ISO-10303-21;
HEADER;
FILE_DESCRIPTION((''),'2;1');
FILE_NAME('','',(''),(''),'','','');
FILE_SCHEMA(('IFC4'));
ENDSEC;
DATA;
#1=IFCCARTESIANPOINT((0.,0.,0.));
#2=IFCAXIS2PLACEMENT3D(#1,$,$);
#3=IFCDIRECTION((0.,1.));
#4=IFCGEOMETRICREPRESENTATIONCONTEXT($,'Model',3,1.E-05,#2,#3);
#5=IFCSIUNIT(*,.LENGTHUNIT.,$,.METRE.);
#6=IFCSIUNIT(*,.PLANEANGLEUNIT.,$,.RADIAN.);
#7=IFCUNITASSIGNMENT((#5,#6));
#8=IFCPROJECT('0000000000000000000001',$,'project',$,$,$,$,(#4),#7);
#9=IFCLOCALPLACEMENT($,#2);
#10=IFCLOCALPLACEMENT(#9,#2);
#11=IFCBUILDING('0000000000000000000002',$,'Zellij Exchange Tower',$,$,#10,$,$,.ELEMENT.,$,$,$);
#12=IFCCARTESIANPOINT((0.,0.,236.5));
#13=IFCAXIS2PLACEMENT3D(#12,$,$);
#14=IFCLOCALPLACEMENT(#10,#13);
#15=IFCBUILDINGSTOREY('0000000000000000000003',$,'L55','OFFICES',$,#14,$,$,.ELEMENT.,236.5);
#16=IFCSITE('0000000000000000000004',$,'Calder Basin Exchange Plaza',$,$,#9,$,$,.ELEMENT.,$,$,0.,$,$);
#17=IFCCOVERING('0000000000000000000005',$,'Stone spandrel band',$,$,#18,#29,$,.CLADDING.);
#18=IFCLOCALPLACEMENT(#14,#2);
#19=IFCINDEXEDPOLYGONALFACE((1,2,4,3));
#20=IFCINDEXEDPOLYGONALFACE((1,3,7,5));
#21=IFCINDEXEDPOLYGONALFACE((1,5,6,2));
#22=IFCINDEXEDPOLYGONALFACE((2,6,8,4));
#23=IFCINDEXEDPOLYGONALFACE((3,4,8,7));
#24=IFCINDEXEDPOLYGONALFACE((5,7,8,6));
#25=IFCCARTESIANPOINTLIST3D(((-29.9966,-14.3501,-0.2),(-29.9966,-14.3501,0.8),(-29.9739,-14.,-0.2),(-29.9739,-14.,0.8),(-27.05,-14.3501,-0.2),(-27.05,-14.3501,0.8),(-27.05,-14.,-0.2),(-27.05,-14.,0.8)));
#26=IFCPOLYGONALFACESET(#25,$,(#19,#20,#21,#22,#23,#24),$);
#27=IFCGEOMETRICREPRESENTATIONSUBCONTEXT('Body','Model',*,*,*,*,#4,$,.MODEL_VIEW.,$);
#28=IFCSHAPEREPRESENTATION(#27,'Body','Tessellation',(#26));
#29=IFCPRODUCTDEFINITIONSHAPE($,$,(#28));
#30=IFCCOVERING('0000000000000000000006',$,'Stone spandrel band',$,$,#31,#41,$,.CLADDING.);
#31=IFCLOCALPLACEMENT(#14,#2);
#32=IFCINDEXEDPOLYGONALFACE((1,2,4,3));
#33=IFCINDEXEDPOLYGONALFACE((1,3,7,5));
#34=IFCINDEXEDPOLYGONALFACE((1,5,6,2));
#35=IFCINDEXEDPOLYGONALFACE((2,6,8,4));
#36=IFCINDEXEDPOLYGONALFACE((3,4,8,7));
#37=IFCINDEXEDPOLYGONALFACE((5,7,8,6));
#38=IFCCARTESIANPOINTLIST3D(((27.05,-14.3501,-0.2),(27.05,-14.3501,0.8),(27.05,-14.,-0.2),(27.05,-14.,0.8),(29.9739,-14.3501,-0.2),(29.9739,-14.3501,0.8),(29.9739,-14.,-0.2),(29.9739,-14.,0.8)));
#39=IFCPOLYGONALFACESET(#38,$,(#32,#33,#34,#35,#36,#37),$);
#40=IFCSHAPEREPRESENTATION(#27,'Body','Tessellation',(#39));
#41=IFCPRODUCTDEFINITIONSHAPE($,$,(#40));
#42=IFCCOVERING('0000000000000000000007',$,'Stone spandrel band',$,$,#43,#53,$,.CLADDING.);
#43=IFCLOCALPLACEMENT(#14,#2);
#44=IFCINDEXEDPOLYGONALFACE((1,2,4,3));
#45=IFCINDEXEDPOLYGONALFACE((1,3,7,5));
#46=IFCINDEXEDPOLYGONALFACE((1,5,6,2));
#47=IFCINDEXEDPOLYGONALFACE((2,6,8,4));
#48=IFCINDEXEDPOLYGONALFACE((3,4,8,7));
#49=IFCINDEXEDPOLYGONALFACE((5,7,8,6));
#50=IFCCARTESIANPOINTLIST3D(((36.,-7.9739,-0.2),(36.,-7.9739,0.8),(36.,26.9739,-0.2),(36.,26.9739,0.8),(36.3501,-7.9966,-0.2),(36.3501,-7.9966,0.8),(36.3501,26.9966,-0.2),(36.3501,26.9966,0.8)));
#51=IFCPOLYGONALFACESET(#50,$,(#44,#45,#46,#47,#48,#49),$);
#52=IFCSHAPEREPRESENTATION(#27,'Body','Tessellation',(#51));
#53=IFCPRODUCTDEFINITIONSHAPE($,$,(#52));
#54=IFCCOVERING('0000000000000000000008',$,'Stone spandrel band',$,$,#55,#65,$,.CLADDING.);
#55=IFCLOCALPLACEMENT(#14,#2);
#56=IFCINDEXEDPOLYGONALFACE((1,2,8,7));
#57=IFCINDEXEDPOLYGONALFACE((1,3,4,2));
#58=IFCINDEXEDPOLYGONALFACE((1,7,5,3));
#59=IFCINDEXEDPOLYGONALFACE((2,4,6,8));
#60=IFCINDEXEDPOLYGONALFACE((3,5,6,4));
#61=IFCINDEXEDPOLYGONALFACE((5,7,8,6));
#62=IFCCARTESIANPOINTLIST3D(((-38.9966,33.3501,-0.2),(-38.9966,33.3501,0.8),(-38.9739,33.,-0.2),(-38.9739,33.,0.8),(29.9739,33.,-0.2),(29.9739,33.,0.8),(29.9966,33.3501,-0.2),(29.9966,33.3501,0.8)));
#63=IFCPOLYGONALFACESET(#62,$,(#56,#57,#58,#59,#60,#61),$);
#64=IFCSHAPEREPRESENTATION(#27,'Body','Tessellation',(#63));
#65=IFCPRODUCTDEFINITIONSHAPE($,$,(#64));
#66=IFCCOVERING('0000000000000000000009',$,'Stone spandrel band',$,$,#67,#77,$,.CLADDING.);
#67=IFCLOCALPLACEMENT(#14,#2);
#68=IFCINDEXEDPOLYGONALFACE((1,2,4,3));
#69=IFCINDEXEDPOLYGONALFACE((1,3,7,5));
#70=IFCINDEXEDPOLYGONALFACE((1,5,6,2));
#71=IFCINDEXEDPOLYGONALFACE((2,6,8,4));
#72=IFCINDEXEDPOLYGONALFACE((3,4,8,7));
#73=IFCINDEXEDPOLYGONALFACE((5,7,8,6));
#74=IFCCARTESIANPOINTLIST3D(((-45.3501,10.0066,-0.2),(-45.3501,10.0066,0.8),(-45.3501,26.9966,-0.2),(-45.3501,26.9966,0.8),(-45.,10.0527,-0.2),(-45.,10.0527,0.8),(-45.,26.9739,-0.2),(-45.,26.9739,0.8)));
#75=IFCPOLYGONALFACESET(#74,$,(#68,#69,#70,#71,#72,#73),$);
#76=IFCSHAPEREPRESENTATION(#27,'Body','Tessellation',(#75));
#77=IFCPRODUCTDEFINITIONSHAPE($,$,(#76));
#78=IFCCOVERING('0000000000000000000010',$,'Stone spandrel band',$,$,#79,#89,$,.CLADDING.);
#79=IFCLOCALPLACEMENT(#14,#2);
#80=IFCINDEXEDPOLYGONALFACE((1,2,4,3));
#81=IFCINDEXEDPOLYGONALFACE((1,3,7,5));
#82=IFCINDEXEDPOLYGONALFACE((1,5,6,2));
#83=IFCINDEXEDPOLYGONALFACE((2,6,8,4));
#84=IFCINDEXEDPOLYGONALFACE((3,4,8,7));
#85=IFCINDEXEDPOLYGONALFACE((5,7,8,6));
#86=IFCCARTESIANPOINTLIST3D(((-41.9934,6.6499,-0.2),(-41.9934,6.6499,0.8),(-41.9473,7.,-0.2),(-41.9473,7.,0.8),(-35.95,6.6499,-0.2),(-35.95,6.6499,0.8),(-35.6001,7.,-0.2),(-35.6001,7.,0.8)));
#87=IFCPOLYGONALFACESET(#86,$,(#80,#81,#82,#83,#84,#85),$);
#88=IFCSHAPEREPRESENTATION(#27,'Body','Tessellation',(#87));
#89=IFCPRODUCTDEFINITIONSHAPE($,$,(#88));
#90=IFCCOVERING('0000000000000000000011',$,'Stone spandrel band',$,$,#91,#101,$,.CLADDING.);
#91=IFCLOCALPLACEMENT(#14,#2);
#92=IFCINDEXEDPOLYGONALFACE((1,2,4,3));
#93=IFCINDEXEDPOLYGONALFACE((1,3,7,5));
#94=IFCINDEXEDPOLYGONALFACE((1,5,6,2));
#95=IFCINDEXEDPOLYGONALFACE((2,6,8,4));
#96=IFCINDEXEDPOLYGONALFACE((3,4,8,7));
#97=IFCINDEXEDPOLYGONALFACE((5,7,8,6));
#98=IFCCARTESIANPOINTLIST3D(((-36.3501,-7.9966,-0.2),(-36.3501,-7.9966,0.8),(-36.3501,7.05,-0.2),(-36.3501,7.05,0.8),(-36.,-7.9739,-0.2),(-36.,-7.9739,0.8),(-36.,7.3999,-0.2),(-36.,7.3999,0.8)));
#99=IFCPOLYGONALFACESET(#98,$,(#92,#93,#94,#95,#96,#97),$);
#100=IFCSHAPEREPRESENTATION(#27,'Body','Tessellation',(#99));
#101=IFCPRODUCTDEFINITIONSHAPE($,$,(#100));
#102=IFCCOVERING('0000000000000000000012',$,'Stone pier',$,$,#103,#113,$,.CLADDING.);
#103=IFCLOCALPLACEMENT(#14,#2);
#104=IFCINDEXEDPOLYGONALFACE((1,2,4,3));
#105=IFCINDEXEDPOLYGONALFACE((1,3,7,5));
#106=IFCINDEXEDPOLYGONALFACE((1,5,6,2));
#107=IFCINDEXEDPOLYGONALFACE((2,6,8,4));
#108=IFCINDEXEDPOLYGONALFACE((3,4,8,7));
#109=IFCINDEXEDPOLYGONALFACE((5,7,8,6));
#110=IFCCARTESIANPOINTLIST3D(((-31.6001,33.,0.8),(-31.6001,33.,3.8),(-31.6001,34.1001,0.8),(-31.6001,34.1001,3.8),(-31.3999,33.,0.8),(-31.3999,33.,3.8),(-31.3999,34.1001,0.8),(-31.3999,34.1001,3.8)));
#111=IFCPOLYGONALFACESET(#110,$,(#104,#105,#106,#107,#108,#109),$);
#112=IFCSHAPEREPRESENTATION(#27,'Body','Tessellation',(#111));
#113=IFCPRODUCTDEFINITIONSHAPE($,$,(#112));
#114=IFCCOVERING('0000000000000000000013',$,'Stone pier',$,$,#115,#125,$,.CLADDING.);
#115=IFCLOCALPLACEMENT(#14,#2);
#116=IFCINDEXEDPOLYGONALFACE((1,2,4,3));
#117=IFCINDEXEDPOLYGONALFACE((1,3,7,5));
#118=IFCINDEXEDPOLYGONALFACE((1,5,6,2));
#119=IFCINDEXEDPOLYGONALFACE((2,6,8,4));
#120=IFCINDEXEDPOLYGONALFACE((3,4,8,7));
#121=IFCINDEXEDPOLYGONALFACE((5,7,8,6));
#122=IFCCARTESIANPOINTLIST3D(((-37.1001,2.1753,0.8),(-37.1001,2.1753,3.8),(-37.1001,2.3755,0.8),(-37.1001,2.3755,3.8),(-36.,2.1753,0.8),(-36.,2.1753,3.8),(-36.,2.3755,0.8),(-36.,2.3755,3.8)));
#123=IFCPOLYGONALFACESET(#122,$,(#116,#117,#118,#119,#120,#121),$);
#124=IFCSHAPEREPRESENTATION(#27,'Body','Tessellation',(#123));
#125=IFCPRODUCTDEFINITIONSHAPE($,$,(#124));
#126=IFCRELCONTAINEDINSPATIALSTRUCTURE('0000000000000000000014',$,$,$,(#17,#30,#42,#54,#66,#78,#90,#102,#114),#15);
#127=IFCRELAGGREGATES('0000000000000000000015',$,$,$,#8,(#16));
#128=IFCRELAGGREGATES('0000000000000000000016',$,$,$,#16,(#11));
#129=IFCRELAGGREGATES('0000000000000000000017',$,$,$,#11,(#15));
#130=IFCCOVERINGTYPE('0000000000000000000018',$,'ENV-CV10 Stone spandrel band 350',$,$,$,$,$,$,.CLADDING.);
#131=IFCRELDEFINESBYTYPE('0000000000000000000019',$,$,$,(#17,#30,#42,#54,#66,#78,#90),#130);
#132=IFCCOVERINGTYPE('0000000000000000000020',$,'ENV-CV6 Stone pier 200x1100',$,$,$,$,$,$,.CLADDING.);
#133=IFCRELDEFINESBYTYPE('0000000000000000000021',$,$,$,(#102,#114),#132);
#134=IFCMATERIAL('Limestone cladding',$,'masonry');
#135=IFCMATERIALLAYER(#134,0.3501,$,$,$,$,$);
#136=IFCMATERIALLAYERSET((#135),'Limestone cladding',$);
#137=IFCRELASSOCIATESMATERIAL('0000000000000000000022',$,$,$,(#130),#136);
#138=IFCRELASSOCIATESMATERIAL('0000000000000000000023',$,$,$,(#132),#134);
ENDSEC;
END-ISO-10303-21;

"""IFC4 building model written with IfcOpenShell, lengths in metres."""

from ifc_helpers import new_model, si_unit, direction, frame, origin, place, context, subcontext, project, spatial, polyline, outline, extrude, material, layer, layer_set, type_object, element, save


model = new_model("IFC4")

# Units and contexts
model_context = context("Model", 3, precision=1e-05, world=origin(), true_north=direction((0.0, 1.0)))
body_context = subcontext(model_context, "Body", "Model", "MODEL_VIEW")
ifc_project = project(units=[si_unit("LENGTHUNIT", "METRE"), si_unit("PLANEANGLEUNIT", "RADIAN")], contexts=[model_context])

# Site, building, storey
site_placement = place(None, origin())
site = spatial("IfcSite", under=ifc_project, at=site_placement, Name="Calder Basin Exchange Plaza", CompositionType="ELEMENT", RefElevation=0.0)
building_placement = place(site_placement, origin())
building = spatial("IfcBuilding", under=site, at=building_placement, Name="Zellij Exchange Tower", CompositionType="ELEMENT")
storey_placement = place(building_placement, frame((0.0, 0.0, 236.5)))
storey = spatial("IfcBuildingStorey", under=building, at=storey_placement, Name="L55", Description="OFFICES", CompositionType="ELEMENT", Elevation=236.5)

# Coverings
ifc_material_1 = material(Name="Limestone cladding", Category="masonry")
ifc_layer_1 = layer(ifc_material_1, 0.3501)
ifc_layer_set_1 = layer_set([ifc_layer_1], Name="Limestone cladding")
covering_type_1 = type_object("IfcCoveringType", Name="ENV-CV10 Stone spandrel band 350", PredefinedType="CLADDING", material=ifc_layer_set_1)
covering_1_placement = place(storey_placement, frame((0.0, 0.0, -0.2)))
element("IfcCovering", 1, at=covering_1_placement, inside=storey, type_object=covering_type_1, Name="Stone spandrel band", PredefinedType="CLADDING", context=body_context, shape_type="SweptSolid", body=[
    extrude(outline(polyline([(-29.9739, -14.0), (-27.05, -14.0), (-27.05, -14.3501), (-29.9966, -14.3501), (-29.9739, -14.0)])), origin(), (0.0, 0.0, 1.0), 1.0),
])
covering_2_placement = place(storey_placement, frame((0.0, 0.0, -0.2)))
element("IfcCovering", 2, at=covering_2_placement, inside=storey, type_object=covering_type_1, Name="Stone spandrel band", PredefinedType="CLADDING", context=body_context, shape_type="SweptSolid", body=[
    extrude(outline(polyline([(27.05, -14.0), (29.9739, -14.0), (29.9739, -14.3501), (27.05, -14.3501), (27.05, -14.0)])), origin(), (0.0, 0.0, 1.0), 1.0),
])
covering_3_placement = place(storey_placement, frame((0.0, 0.0, -0.2)))
element("IfcCovering", 3, at=covering_3_placement, inside=storey, type_object=covering_type_1, Name="Stone spandrel band", PredefinedType="CLADDING", context=body_context, shape_type="SweptSolid", body=[
    extrude(outline(polyline([(36.0, -7.9739), (36.0, 26.9739), (36.3501, 26.9966), (36.3501, -7.9966), (36.0, -7.9739)])), origin(), (0.0, 0.0, 1.0), 1.0),
])
covering_4_placement = place(storey_placement, frame((0.0, 0.0, -0.2)))
element("IfcCovering", 4, at=covering_4_placement, inside=storey, type_object=covering_type_1, Name="Stone spandrel band", PredefinedType="CLADDING", context=body_context, shape_type="SweptSolid", body=[
    extrude(outline(polyline([(29.9739, 33.0), (-38.9739, 33.0), (-38.9966, 33.3501), (29.9966, 33.3501), (29.9739, 33.0)])), origin(), (0.0, 0.0, 1.0), 1.0),
])
covering_5_placement = place(storey_placement, frame((0.0, 0.0, -0.2)))
element("IfcCovering", 5, at=covering_5_placement, inside=storey, type_object=covering_type_1, Name="Stone spandrel band", PredefinedType="CLADDING", context=body_context, shape_type="SweptSolid", body=[
    extrude(outline(polyline([(-45.0, 26.9739), (-45.0, 10.0527), (-45.3501, 10.0066), (-45.3501, 26.9966), (-45.0, 26.9739)])), origin(), (0.0, 0.0, 1.0), 1.0),
])
covering_6_placement = place(storey_placement, frame((0.0, 0.0, -0.2)))
element("IfcCovering", 6, at=covering_6_placement, inside=storey, type_object=covering_type_1, Name="Stone spandrel band", PredefinedType="CLADDING", context=body_context, shape_type="SweptSolid", body=[
    extrude(outline(polyline([(-41.9473, 7.0), (-35.6001, 7.0), (-35.95, 6.6499), (-41.9934, 6.6499), (-41.9473, 7.0)])), origin(), (0.0, 0.0, 1.0), 1.0),
])
covering_7_placement = place(storey_placement, frame((0.0, 0.0, -0.2)))
element("IfcCovering", 7, at=covering_7_placement, inside=storey, type_object=covering_type_1, Name="Stone spandrel band", PredefinedType="CLADDING", context=body_context, shape_type="SweptSolid", body=[
    extrude(outline(polyline([(-36.0, 7.3999), (-36.0, -7.9739), (-36.3501, -7.9966), (-36.3501, 7.05), (-36.0, 7.3999)])), origin(), (0.0, 0.0, 1.0), 1.0),
])
covering_type_2 = type_object("IfcCoveringType", Name="ENV-CV6 Stone pier 200x1100", PredefinedType="CLADDING", material=ifc_material_1)
covering_8_placement = place(storey_placement, frame((0.0, 0.0, 0.8)))
element("IfcCovering", 8, at=covering_8_placement, inside=storey, type_object=covering_type_2, Name="Stone pier", PredefinedType="CLADDING", context=body_context, shape_type="SweptSolid", body=[
    extrude(outline(polyline([(-31.3999, 33.0), (-31.6001, 33.0), (-31.6001, 34.1001), (-31.3999, 34.1001), (-31.3999, 33.0)])), origin(), (0.0, 0.0, 1.0), 3.0),
])
covering_9_placement = place(storey_placement, frame((0.0, 0.0, 0.8)))
element("IfcCovering", 9, at=covering_9_placement, inside=storey, type_object=covering_type_2, Name="Stone pier", PredefinedType="CLADDING", context=body_context, shape_type="SweptSolid", body=[
    extrude(outline(polyline([(-36.0, 2.3755), (-36.0, 2.1753), (-37.1001, 2.1753), (-37.1001, 2.3755), (-36.0, 2.3755)])), origin(), (0.0, 0.0, 1.0), 3.0),
])

save(model, "model.ifc")
